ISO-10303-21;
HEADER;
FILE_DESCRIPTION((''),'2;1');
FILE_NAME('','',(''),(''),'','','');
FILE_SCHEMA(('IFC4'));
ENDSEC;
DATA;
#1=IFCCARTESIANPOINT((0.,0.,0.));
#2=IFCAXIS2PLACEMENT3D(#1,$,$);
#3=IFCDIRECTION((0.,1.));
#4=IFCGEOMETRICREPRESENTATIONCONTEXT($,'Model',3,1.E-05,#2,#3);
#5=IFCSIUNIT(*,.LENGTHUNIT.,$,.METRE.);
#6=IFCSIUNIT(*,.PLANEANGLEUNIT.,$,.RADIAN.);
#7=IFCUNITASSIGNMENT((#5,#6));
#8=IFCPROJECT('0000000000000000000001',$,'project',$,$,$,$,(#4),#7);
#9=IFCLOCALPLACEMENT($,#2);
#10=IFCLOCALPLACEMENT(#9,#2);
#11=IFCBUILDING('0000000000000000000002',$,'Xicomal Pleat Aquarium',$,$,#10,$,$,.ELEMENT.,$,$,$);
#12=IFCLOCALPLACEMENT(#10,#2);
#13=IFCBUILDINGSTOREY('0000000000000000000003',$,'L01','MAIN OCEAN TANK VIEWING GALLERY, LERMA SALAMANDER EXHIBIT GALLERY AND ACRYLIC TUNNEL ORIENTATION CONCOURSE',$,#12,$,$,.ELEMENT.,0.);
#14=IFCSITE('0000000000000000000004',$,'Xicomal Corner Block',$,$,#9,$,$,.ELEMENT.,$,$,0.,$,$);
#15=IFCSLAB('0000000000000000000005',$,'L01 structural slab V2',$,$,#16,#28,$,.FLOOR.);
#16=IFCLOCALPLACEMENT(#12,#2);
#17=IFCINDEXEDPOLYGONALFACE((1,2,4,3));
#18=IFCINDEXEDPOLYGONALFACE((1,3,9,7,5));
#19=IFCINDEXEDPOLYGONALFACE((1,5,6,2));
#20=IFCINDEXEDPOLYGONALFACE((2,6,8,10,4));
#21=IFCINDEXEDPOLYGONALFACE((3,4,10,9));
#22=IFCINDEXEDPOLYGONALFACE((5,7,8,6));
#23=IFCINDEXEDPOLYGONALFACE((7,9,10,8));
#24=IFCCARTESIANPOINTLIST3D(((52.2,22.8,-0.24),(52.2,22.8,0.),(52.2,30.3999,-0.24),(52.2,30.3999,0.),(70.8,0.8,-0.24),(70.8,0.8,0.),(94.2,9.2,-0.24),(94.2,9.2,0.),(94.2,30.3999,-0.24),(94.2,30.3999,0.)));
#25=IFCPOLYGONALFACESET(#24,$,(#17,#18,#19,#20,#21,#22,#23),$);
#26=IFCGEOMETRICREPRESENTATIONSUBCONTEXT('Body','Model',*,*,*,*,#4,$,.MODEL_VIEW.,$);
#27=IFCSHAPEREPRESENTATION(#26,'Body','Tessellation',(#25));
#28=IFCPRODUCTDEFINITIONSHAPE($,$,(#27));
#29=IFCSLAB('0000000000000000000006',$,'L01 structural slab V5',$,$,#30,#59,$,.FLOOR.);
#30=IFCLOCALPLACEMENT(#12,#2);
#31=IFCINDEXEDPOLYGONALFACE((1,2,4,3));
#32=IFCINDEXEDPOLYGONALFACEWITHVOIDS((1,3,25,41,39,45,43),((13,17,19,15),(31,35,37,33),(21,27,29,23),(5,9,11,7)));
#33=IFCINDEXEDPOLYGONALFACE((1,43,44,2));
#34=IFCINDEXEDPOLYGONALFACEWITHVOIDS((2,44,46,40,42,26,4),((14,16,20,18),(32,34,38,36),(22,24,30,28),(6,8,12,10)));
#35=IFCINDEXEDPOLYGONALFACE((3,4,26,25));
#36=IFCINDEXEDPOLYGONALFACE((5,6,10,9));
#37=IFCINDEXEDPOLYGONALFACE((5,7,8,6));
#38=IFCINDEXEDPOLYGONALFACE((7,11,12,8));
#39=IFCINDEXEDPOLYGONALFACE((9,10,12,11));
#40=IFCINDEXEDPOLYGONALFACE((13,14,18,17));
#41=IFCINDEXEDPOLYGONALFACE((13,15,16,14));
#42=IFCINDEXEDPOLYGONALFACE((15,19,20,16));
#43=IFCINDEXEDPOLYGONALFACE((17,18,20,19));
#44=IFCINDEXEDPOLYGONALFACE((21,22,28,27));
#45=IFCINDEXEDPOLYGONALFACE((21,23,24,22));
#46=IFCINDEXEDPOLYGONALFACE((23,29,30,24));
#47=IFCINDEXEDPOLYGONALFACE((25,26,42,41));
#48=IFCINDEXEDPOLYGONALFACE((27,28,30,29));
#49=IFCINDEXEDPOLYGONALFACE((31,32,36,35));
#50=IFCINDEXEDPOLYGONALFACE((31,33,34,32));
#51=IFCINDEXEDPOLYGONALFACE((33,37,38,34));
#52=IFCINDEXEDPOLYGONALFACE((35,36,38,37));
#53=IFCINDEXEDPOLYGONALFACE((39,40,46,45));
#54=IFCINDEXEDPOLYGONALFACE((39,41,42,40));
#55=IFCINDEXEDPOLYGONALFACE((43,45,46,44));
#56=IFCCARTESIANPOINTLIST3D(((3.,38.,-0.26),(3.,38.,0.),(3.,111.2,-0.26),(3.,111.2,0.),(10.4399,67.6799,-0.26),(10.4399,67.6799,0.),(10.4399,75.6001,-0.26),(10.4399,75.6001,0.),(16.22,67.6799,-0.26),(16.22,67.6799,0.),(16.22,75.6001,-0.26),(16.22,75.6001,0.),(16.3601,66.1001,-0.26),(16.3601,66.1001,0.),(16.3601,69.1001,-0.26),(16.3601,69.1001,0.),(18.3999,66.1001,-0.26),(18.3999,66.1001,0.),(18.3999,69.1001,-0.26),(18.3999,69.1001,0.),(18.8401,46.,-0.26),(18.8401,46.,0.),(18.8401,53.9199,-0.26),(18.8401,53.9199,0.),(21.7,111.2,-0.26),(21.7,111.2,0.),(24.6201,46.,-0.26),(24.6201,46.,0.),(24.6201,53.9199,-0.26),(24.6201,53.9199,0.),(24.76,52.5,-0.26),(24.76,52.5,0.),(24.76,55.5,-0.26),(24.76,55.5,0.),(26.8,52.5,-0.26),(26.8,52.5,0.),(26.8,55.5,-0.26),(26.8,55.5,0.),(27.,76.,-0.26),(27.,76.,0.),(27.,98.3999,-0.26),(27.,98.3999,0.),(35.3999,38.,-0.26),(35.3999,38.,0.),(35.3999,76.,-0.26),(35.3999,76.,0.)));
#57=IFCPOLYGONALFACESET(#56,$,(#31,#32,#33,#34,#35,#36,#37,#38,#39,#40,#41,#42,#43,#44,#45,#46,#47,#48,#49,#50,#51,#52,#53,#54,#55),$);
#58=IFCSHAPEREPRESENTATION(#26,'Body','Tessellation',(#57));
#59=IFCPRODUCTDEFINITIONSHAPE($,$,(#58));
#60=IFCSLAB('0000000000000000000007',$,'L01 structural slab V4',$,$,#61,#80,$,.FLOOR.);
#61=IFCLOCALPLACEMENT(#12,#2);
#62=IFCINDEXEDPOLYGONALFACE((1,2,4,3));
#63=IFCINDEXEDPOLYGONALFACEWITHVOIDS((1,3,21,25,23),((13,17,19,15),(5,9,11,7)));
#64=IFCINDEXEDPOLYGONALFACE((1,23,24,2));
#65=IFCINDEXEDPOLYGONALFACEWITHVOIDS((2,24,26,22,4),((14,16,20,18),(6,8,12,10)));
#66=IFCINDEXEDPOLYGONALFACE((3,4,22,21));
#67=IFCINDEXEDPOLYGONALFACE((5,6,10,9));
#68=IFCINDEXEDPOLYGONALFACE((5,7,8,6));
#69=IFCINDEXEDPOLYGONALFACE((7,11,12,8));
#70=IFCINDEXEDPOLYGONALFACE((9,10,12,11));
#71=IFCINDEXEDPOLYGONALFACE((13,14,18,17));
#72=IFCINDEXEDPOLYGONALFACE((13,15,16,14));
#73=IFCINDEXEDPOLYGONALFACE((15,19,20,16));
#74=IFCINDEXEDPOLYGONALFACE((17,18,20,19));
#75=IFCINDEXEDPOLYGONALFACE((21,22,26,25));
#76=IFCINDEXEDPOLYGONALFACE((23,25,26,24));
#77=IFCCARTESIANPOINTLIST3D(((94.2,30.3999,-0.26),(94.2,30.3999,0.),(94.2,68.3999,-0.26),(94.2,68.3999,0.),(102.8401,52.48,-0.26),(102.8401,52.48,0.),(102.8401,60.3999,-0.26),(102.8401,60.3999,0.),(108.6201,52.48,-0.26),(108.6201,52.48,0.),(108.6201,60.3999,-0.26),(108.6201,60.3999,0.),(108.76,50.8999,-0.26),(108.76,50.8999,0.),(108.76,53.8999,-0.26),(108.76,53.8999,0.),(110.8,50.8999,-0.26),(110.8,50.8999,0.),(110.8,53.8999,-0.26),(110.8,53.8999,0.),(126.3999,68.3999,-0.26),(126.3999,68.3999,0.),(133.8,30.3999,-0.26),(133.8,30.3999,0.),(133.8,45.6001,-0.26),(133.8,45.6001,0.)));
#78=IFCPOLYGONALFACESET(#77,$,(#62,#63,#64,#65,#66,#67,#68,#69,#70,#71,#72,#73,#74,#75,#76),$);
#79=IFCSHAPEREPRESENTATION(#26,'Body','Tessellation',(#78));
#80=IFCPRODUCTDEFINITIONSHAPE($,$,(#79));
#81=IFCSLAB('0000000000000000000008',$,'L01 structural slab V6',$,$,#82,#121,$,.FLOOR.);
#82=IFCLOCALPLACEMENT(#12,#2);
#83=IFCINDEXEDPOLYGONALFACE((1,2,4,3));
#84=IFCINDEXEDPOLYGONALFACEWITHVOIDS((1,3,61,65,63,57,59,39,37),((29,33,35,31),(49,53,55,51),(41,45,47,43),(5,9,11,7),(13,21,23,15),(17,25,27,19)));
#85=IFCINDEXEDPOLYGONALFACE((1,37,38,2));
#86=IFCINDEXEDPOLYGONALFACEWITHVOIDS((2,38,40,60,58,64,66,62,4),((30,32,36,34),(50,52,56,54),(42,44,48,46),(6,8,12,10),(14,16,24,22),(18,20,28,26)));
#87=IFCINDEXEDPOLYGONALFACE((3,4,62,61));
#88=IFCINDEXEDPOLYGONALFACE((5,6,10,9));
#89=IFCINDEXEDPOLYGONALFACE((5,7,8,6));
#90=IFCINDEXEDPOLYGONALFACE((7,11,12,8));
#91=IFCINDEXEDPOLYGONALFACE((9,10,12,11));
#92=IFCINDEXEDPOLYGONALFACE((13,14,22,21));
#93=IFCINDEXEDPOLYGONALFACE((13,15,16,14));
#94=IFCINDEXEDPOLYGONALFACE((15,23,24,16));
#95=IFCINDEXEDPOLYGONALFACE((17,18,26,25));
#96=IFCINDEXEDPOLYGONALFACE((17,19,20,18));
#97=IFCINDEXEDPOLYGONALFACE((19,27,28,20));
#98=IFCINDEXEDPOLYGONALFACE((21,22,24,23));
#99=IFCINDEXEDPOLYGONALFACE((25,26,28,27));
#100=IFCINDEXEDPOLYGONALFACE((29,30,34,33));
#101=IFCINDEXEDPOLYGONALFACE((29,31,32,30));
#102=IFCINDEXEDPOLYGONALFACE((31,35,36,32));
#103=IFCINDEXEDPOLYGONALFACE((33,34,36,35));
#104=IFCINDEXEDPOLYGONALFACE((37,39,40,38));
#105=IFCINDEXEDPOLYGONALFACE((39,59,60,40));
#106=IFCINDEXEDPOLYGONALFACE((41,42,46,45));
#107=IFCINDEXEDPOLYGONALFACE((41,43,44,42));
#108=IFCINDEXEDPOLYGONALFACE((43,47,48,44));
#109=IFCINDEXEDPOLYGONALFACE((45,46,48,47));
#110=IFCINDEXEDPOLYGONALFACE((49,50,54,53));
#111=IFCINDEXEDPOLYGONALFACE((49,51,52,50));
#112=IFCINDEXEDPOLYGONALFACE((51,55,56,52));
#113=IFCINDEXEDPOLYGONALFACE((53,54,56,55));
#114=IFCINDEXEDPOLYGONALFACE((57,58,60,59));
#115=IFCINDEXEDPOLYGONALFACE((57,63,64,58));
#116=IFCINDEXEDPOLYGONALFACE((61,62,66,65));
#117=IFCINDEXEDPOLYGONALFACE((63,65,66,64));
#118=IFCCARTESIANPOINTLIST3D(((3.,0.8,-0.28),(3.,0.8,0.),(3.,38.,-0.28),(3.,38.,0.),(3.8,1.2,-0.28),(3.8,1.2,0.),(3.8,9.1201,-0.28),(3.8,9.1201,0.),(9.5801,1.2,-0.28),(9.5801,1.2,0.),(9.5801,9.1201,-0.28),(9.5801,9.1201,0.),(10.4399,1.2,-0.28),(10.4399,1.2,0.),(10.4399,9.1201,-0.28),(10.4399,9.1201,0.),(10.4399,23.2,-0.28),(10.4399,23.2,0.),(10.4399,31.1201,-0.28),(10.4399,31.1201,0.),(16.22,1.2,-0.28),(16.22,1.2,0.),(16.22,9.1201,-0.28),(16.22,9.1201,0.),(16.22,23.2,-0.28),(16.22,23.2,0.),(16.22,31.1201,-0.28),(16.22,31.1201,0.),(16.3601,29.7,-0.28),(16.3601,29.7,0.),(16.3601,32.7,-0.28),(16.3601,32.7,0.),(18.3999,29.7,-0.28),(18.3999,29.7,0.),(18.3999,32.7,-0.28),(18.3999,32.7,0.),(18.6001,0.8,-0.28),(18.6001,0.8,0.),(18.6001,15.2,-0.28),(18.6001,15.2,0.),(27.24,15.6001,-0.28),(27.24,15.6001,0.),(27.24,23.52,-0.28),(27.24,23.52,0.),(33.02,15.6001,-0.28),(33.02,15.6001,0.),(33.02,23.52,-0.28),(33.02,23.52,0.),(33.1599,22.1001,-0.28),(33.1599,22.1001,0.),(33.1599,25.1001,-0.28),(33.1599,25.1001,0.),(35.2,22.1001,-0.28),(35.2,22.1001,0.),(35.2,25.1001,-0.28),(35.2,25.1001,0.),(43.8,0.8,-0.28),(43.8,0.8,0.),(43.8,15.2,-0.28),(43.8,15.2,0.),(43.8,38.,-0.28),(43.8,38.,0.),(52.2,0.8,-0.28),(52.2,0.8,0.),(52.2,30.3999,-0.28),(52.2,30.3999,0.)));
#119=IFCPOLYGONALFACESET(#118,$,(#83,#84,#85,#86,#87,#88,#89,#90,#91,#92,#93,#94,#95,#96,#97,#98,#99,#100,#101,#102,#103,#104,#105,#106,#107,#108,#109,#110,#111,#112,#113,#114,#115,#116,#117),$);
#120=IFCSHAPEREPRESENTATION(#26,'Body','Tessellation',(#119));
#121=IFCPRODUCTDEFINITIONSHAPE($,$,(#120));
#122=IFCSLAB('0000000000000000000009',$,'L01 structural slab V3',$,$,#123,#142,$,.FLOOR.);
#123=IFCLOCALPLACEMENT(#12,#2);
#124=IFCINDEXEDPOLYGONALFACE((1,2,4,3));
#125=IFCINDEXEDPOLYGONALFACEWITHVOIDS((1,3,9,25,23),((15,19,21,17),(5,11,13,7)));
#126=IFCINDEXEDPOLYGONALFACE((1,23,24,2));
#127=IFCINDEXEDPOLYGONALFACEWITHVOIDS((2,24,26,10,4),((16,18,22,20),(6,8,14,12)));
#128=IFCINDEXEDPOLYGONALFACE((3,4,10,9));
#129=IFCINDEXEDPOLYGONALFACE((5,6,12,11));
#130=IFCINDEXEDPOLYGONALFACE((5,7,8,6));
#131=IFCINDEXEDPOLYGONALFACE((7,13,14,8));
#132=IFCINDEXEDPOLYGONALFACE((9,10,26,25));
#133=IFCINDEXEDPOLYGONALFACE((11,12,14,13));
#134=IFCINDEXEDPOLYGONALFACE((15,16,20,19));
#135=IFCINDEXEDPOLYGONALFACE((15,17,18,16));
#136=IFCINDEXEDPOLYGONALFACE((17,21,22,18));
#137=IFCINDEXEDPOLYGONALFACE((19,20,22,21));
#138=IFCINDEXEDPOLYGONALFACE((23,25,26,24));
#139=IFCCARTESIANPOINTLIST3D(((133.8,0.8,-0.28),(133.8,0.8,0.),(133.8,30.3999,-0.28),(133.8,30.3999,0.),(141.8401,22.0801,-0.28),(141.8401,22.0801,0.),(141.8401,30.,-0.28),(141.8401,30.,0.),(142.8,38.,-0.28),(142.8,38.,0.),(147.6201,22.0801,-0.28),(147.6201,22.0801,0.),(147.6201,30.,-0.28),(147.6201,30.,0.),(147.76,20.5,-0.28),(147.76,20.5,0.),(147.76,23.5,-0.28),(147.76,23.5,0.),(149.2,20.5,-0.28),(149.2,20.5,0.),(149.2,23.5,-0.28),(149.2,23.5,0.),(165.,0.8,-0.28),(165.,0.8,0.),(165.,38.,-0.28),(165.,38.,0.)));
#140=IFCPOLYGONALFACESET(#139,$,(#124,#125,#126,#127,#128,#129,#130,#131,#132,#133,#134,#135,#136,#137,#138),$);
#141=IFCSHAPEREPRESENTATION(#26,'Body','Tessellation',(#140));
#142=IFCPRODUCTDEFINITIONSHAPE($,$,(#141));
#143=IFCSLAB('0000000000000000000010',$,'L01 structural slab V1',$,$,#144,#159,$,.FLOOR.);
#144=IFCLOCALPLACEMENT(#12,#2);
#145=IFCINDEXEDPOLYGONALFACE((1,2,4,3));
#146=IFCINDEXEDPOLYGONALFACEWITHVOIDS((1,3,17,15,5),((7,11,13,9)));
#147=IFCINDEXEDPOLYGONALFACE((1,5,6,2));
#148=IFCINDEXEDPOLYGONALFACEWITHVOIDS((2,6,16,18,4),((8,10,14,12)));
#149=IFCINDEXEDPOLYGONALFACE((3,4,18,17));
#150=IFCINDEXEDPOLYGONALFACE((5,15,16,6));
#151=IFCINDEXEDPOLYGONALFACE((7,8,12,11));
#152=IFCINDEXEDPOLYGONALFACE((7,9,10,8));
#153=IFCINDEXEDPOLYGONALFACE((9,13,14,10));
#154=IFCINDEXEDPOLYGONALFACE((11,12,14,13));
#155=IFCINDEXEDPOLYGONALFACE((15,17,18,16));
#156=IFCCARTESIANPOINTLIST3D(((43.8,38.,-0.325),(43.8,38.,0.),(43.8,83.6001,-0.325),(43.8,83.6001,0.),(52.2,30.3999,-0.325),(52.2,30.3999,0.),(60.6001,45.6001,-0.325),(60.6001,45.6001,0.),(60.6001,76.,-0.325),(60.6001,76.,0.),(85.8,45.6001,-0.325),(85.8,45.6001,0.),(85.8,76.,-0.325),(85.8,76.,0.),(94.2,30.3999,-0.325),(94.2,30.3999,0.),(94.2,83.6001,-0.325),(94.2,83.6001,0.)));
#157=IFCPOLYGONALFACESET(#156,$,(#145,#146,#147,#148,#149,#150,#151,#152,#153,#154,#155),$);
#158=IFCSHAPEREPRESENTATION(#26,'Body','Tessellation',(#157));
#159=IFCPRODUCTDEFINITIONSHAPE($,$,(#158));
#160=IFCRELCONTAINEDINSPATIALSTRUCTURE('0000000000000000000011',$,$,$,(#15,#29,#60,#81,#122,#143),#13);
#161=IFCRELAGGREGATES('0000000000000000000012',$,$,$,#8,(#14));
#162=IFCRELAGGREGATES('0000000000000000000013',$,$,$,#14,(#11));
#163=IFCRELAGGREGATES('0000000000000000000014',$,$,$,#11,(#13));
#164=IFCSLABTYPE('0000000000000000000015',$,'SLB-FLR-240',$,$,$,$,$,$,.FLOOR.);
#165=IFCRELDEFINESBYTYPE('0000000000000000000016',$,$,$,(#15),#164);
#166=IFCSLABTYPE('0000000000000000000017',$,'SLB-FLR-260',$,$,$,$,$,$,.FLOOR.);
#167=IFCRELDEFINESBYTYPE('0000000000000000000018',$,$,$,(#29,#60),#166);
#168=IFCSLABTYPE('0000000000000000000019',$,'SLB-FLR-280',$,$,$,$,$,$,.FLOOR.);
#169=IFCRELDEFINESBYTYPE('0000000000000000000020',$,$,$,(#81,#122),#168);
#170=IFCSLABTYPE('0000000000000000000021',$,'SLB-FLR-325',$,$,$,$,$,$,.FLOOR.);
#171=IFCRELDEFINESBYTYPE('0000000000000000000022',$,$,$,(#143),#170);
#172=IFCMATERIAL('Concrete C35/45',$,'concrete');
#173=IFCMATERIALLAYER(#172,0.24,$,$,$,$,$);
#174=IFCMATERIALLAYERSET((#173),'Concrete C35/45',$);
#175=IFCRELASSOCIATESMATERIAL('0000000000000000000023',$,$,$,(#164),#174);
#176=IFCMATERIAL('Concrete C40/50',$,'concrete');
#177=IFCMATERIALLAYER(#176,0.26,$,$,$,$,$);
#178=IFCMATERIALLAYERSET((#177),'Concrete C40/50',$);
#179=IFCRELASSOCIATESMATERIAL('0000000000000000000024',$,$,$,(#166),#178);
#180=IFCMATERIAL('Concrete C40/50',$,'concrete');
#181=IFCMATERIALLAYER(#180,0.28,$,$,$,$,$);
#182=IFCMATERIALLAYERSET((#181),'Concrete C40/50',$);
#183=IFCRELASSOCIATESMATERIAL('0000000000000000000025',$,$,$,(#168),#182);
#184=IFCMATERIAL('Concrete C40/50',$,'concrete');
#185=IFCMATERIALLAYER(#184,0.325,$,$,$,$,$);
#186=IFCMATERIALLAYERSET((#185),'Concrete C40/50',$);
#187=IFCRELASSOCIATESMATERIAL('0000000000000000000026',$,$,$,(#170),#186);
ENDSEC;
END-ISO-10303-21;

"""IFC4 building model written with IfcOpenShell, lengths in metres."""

from ifc_helpers import new_model, si_unit, direction, frame, origin, place, context, subcontext, project, spatial, polyline, outline, extrude, material, layer, layer_set, type_object, element, save


model = new_model("IFC4")

# Units and contexts
model_context = context("Model", 3, precision=1e-05, world=origin(), true_north=direction((0.0, 1.0)))
body_context = subcontext(model_context, "Body", "Model", "MODEL_VIEW")
ifc_project = project(units=[si_unit("LENGTHUNIT", "METRE"), si_unit("PLANEANGLEUNIT", "RADIAN")], contexts=[model_context])

# Site, building, storey
site_placement = place(None, origin())
site = spatial("IfcSite", under=ifc_project, at=site_placement, Name="Xicomal Corner Block", CompositionType="ELEMENT", RefElevation=0.0)
building_placement = place(site_placement, origin())
building = spatial("IfcBuilding", under=site, at=building_placement, Name="Xicomal Pleat Aquarium", CompositionType="ELEMENT")
storey_placement = place(building_placement, origin())
storey = spatial("IfcBuildingStorey", under=building, at=storey_placement, Name="L01", Description="MAIN OCEAN TANK VIEWING GALLERY, LERMA SALAMANDER EXHIBIT GALLERY AND ACRYLIC TUNNEL ORIENTATION CONCOURSE", CompositionType="ELEMENT", Elevation=0.0)

# Slabs
ifc_material_1 = material(Name="Concrete C35/45", Category="concrete")
ifc_layer_1 = layer(ifc_material_1, 0.24)
ifc_layer_set_1 = layer_set([ifc_layer_1], Name="Concrete C35/45")
slab_type_1 = type_object("IfcSlabType", Name="SLB-FLR-240", PredefinedType="FLOOR", material=ifc_layer_set_1)
slab_1_placement = place(storey_placement, frame((0.0, 0.0, -0.24)))
element("IfcSlab", 1, at=slab_1_placement, inside=storey, type_object=slab_type_1, Name="L01 structural slab V2", PredefinedType="FLOOR", context=body_context, shape_type="SweptSolid", body=[
    extrude(outline(polyline([(94.2, 9.2), (70.8, 0.8), (52.2, 22.8), (52.2, 30.3999), (94.2, 30.3999), (94.2, 9.2)])), origin(), (0.0, 0.0, 1.0), 0.24),
])
ifc_material_2 = material(Name="Concrete C40/50", Category="concrete")
ifc_layer_2 = layer(ifc_material_2, 0.26)
ifc_layer_set_2 = layer_set([ifc_layer_2], Name="Concrete C40/50")
slab_type_2 = type_object("IfcSlabType", Name="SLB-FLR-260", PredefinedType="FLOOR", material=ifc_layer_set_2)
slab_2_placement = place(storey_placement, frame((0.0, 0.0, -0.26)))
element("IfcSlab", 2, at=slab_2_placement, inside=storey, type_object=slab_type_2, Name="L01 structural slab V5", PredefinedType="FLOOR", context=body_context, shape_type="SweptSolid", body=[
    extrude(outline(polyline([(3.0, 38.0), (3.0, 111.2), (21.7, 111.2), (27.0, 98.3999), (27.0, 76.0), (35.3999, 76.0), (35.3999, 38.0), (3.0, 38.0)]), holes=[polyline([(10.4399, 67.6799), (16.22, 67.6799), (16.22, 75.6001), (10.4399, 75.6001), (10.4399, 67.6799)]), polyline([(16.3601, 66.1001), (18.3999, 66.1001), (18.3999, 69.1001), (16.3601, 69.1001), (16.3601, 66.1001)]), polyline([(18.8401, 46.0), (24.6201, 46.0), (24.6201, 53.9199), (18.8401, 53.9199), (18.8401, 46.0)]), polyline([(24.76, 52.5), (26.8, 52.5), (26.8, 55.5), (24.76, 55.5), (24.76, 52.5)])]), origin(), (0.0, 0.0, 1.0), 0.26),
])
slab_3_placement = place(storey_placement, frame((0.0, 0.0, -0.26)))
element("IfcSlab", 3, at=slab_3_placement, inside=storey, type_object=slab_type_2, Name="L01 structural slab V4", PredefinedType="FLOOR", context=body_context, shape_type="SweptSolid", body=[
    extrude(outline(polyline([(126.3999, 68.3999), (133.8, 45.6001), (133.8, 30.3999), (94.2, 30.3999), (94.2, 68.3999), (126.3999, 68.3999)]), holes=[polyline([(102.8401, 52.48), (108.6201, 52.48), (108.6201, 60.3999), (102.8401, 60.3999), (102.8401, 52.48)]), polyline([(108.76, 50.8999), (110.8, 50.8999), (110.8, 53.8999), (108.76, 53.8999), (108.76, 50.8999)])]), origin(), (0.0, 0.0, 1.0), 0.26),
])
ifc_material_3 = material(Name="Concrete C40/50", Category="concrete")
ifc_layer_3 = layer(ifc_material_3, 0.28)
ifc_layer_set_3 = layer_set([ifc_layer_3], Name="Concrete C40/50")
slab_type_3 = type_object("IfcSlabType", Name="SLB-FLR-280", PredefinedType="FLOOR", material=ifc_layer_set_3)
slab_4_placement = place(storey_placement, frame((0.0, 0.0, -0.28)))
element("IfcSlab", 4, at=slab_4_placement, inside=storey, type_object=slab_type_3, Name="L01 structural slab V6", PredefinedType="FLOOR", context=body_context, shape_type="SweptSolid", body=[
    extrude(outline(polyline([(3.0, 38.0), (43.8, 38.0), (52.2, 30.3999), (52.2, 0.8), (43.8, 0.8), (43.8, 15.2), (18.6001, 15.2), (18.6001, 0.8), (3.0, 0.8), (3.0, 38.0)]), holes=[polyline([(10.4399, 23.2), (16.22, 23.2), (16.22, 31.1201), (10.4399, 31.1201), (10.4399, 23.2)]), polyline([(16.3601, 29.7), (18.3999, 29.7), (18.3999, 32.7), (16.3601, 32.7), (16.3601, 29.7)]), polyline([(27.24, 15.6001), (33.02, 15.6001), (33.02, 23.52), (27.24, 23.52), (27.24, 15.6001)]), polyline([(33.1599, 22.1001), (35.2, 22.1001), (35.2, 25.1001), (33.1599, 25.1001), (33.1599, 22.1001)]), polyline([(10.4399, 1.2), (16.22, 1.2), (16.22, 9.1201), (10.4399, 9.1201), (10.4399, 1.2)]), polyline([(3.8, 1.2), (9.5801, 1.2), (9.5801, 9.1201), (3.8, 9.1201), (3.8, 1.2)])]), origin(), (0.0, 0.0, 1.0), 0.28),
])
slab_5_placement = place(storey_placement, frame((0.0, 0.0, -0.28)))
element("IfcSlab", 5, at=slab_5_placement, inside=storey, type_object=slab_type_3, Name="L01 structural slab V3", PredefinedType="FLOOR", context=body_context, shape_type="SweptSolid", body=[
    extrude(outline(polyline([(142.8, 38.0), (165.0, 38.0), (165.0, 0.8), (133.8, 0.8), (133.8, 30.3999), (142.8, 38.0)]), holes=[polyline([(141.8401, 22.0801), (147.6201, 22.0801), (147.6201, 30.0), (141.8401, 30.0), (141.8401, 22.0801)]), polyline([(147.76, 20.5), (149.2, 20.5), (149.2, 23.5), (147.76, 23.5), (147.76, 20.5)])]), origin(), (0.0, 0.0, 1.0), 0.28),
])
ifc_material_4 = material(Name="Concrete C40/50", Category="concrete")
ifc_layer_4 = layer(ifc_material_4, 0.325)
ifc_layer_set_4 = layer_set([ifc_layer_4], Name="Concrete C40/50")
slab_type_4 = type_object("IfcSlabType", Name="SLB-FLR-325", PredefinedType="FLOOR", material=ifc_layer_set_4)
slab_6_placement = place(storey_placement, frame((0.0, 0.0, -0.325)))
element("IfcSlab", 6, at=slab_6_placement, inside=storey, type_object=slab_type_4, Name="L01 structural slab V1", PredefinedType="FLOOR", context=body_context, shape_type="SweptSolid", body=[
    extrude(outline(polyline([(43.8, 83.6001), (94.2, 83.6001), (94.2, 30.3999), (52.2, 30.3999), (43.8, 38.0), (43.8, 83.6001)]), holes=[polyline([(60.6001, 45.6001), (85.8, 45.6001), (85.8, 76.0), (60.6001, 76.0), (60.6001, 45.6001)])]), origin(), (0.0, 0.0, 1.0), 0.325),
])

save(model, "model.ifc")
